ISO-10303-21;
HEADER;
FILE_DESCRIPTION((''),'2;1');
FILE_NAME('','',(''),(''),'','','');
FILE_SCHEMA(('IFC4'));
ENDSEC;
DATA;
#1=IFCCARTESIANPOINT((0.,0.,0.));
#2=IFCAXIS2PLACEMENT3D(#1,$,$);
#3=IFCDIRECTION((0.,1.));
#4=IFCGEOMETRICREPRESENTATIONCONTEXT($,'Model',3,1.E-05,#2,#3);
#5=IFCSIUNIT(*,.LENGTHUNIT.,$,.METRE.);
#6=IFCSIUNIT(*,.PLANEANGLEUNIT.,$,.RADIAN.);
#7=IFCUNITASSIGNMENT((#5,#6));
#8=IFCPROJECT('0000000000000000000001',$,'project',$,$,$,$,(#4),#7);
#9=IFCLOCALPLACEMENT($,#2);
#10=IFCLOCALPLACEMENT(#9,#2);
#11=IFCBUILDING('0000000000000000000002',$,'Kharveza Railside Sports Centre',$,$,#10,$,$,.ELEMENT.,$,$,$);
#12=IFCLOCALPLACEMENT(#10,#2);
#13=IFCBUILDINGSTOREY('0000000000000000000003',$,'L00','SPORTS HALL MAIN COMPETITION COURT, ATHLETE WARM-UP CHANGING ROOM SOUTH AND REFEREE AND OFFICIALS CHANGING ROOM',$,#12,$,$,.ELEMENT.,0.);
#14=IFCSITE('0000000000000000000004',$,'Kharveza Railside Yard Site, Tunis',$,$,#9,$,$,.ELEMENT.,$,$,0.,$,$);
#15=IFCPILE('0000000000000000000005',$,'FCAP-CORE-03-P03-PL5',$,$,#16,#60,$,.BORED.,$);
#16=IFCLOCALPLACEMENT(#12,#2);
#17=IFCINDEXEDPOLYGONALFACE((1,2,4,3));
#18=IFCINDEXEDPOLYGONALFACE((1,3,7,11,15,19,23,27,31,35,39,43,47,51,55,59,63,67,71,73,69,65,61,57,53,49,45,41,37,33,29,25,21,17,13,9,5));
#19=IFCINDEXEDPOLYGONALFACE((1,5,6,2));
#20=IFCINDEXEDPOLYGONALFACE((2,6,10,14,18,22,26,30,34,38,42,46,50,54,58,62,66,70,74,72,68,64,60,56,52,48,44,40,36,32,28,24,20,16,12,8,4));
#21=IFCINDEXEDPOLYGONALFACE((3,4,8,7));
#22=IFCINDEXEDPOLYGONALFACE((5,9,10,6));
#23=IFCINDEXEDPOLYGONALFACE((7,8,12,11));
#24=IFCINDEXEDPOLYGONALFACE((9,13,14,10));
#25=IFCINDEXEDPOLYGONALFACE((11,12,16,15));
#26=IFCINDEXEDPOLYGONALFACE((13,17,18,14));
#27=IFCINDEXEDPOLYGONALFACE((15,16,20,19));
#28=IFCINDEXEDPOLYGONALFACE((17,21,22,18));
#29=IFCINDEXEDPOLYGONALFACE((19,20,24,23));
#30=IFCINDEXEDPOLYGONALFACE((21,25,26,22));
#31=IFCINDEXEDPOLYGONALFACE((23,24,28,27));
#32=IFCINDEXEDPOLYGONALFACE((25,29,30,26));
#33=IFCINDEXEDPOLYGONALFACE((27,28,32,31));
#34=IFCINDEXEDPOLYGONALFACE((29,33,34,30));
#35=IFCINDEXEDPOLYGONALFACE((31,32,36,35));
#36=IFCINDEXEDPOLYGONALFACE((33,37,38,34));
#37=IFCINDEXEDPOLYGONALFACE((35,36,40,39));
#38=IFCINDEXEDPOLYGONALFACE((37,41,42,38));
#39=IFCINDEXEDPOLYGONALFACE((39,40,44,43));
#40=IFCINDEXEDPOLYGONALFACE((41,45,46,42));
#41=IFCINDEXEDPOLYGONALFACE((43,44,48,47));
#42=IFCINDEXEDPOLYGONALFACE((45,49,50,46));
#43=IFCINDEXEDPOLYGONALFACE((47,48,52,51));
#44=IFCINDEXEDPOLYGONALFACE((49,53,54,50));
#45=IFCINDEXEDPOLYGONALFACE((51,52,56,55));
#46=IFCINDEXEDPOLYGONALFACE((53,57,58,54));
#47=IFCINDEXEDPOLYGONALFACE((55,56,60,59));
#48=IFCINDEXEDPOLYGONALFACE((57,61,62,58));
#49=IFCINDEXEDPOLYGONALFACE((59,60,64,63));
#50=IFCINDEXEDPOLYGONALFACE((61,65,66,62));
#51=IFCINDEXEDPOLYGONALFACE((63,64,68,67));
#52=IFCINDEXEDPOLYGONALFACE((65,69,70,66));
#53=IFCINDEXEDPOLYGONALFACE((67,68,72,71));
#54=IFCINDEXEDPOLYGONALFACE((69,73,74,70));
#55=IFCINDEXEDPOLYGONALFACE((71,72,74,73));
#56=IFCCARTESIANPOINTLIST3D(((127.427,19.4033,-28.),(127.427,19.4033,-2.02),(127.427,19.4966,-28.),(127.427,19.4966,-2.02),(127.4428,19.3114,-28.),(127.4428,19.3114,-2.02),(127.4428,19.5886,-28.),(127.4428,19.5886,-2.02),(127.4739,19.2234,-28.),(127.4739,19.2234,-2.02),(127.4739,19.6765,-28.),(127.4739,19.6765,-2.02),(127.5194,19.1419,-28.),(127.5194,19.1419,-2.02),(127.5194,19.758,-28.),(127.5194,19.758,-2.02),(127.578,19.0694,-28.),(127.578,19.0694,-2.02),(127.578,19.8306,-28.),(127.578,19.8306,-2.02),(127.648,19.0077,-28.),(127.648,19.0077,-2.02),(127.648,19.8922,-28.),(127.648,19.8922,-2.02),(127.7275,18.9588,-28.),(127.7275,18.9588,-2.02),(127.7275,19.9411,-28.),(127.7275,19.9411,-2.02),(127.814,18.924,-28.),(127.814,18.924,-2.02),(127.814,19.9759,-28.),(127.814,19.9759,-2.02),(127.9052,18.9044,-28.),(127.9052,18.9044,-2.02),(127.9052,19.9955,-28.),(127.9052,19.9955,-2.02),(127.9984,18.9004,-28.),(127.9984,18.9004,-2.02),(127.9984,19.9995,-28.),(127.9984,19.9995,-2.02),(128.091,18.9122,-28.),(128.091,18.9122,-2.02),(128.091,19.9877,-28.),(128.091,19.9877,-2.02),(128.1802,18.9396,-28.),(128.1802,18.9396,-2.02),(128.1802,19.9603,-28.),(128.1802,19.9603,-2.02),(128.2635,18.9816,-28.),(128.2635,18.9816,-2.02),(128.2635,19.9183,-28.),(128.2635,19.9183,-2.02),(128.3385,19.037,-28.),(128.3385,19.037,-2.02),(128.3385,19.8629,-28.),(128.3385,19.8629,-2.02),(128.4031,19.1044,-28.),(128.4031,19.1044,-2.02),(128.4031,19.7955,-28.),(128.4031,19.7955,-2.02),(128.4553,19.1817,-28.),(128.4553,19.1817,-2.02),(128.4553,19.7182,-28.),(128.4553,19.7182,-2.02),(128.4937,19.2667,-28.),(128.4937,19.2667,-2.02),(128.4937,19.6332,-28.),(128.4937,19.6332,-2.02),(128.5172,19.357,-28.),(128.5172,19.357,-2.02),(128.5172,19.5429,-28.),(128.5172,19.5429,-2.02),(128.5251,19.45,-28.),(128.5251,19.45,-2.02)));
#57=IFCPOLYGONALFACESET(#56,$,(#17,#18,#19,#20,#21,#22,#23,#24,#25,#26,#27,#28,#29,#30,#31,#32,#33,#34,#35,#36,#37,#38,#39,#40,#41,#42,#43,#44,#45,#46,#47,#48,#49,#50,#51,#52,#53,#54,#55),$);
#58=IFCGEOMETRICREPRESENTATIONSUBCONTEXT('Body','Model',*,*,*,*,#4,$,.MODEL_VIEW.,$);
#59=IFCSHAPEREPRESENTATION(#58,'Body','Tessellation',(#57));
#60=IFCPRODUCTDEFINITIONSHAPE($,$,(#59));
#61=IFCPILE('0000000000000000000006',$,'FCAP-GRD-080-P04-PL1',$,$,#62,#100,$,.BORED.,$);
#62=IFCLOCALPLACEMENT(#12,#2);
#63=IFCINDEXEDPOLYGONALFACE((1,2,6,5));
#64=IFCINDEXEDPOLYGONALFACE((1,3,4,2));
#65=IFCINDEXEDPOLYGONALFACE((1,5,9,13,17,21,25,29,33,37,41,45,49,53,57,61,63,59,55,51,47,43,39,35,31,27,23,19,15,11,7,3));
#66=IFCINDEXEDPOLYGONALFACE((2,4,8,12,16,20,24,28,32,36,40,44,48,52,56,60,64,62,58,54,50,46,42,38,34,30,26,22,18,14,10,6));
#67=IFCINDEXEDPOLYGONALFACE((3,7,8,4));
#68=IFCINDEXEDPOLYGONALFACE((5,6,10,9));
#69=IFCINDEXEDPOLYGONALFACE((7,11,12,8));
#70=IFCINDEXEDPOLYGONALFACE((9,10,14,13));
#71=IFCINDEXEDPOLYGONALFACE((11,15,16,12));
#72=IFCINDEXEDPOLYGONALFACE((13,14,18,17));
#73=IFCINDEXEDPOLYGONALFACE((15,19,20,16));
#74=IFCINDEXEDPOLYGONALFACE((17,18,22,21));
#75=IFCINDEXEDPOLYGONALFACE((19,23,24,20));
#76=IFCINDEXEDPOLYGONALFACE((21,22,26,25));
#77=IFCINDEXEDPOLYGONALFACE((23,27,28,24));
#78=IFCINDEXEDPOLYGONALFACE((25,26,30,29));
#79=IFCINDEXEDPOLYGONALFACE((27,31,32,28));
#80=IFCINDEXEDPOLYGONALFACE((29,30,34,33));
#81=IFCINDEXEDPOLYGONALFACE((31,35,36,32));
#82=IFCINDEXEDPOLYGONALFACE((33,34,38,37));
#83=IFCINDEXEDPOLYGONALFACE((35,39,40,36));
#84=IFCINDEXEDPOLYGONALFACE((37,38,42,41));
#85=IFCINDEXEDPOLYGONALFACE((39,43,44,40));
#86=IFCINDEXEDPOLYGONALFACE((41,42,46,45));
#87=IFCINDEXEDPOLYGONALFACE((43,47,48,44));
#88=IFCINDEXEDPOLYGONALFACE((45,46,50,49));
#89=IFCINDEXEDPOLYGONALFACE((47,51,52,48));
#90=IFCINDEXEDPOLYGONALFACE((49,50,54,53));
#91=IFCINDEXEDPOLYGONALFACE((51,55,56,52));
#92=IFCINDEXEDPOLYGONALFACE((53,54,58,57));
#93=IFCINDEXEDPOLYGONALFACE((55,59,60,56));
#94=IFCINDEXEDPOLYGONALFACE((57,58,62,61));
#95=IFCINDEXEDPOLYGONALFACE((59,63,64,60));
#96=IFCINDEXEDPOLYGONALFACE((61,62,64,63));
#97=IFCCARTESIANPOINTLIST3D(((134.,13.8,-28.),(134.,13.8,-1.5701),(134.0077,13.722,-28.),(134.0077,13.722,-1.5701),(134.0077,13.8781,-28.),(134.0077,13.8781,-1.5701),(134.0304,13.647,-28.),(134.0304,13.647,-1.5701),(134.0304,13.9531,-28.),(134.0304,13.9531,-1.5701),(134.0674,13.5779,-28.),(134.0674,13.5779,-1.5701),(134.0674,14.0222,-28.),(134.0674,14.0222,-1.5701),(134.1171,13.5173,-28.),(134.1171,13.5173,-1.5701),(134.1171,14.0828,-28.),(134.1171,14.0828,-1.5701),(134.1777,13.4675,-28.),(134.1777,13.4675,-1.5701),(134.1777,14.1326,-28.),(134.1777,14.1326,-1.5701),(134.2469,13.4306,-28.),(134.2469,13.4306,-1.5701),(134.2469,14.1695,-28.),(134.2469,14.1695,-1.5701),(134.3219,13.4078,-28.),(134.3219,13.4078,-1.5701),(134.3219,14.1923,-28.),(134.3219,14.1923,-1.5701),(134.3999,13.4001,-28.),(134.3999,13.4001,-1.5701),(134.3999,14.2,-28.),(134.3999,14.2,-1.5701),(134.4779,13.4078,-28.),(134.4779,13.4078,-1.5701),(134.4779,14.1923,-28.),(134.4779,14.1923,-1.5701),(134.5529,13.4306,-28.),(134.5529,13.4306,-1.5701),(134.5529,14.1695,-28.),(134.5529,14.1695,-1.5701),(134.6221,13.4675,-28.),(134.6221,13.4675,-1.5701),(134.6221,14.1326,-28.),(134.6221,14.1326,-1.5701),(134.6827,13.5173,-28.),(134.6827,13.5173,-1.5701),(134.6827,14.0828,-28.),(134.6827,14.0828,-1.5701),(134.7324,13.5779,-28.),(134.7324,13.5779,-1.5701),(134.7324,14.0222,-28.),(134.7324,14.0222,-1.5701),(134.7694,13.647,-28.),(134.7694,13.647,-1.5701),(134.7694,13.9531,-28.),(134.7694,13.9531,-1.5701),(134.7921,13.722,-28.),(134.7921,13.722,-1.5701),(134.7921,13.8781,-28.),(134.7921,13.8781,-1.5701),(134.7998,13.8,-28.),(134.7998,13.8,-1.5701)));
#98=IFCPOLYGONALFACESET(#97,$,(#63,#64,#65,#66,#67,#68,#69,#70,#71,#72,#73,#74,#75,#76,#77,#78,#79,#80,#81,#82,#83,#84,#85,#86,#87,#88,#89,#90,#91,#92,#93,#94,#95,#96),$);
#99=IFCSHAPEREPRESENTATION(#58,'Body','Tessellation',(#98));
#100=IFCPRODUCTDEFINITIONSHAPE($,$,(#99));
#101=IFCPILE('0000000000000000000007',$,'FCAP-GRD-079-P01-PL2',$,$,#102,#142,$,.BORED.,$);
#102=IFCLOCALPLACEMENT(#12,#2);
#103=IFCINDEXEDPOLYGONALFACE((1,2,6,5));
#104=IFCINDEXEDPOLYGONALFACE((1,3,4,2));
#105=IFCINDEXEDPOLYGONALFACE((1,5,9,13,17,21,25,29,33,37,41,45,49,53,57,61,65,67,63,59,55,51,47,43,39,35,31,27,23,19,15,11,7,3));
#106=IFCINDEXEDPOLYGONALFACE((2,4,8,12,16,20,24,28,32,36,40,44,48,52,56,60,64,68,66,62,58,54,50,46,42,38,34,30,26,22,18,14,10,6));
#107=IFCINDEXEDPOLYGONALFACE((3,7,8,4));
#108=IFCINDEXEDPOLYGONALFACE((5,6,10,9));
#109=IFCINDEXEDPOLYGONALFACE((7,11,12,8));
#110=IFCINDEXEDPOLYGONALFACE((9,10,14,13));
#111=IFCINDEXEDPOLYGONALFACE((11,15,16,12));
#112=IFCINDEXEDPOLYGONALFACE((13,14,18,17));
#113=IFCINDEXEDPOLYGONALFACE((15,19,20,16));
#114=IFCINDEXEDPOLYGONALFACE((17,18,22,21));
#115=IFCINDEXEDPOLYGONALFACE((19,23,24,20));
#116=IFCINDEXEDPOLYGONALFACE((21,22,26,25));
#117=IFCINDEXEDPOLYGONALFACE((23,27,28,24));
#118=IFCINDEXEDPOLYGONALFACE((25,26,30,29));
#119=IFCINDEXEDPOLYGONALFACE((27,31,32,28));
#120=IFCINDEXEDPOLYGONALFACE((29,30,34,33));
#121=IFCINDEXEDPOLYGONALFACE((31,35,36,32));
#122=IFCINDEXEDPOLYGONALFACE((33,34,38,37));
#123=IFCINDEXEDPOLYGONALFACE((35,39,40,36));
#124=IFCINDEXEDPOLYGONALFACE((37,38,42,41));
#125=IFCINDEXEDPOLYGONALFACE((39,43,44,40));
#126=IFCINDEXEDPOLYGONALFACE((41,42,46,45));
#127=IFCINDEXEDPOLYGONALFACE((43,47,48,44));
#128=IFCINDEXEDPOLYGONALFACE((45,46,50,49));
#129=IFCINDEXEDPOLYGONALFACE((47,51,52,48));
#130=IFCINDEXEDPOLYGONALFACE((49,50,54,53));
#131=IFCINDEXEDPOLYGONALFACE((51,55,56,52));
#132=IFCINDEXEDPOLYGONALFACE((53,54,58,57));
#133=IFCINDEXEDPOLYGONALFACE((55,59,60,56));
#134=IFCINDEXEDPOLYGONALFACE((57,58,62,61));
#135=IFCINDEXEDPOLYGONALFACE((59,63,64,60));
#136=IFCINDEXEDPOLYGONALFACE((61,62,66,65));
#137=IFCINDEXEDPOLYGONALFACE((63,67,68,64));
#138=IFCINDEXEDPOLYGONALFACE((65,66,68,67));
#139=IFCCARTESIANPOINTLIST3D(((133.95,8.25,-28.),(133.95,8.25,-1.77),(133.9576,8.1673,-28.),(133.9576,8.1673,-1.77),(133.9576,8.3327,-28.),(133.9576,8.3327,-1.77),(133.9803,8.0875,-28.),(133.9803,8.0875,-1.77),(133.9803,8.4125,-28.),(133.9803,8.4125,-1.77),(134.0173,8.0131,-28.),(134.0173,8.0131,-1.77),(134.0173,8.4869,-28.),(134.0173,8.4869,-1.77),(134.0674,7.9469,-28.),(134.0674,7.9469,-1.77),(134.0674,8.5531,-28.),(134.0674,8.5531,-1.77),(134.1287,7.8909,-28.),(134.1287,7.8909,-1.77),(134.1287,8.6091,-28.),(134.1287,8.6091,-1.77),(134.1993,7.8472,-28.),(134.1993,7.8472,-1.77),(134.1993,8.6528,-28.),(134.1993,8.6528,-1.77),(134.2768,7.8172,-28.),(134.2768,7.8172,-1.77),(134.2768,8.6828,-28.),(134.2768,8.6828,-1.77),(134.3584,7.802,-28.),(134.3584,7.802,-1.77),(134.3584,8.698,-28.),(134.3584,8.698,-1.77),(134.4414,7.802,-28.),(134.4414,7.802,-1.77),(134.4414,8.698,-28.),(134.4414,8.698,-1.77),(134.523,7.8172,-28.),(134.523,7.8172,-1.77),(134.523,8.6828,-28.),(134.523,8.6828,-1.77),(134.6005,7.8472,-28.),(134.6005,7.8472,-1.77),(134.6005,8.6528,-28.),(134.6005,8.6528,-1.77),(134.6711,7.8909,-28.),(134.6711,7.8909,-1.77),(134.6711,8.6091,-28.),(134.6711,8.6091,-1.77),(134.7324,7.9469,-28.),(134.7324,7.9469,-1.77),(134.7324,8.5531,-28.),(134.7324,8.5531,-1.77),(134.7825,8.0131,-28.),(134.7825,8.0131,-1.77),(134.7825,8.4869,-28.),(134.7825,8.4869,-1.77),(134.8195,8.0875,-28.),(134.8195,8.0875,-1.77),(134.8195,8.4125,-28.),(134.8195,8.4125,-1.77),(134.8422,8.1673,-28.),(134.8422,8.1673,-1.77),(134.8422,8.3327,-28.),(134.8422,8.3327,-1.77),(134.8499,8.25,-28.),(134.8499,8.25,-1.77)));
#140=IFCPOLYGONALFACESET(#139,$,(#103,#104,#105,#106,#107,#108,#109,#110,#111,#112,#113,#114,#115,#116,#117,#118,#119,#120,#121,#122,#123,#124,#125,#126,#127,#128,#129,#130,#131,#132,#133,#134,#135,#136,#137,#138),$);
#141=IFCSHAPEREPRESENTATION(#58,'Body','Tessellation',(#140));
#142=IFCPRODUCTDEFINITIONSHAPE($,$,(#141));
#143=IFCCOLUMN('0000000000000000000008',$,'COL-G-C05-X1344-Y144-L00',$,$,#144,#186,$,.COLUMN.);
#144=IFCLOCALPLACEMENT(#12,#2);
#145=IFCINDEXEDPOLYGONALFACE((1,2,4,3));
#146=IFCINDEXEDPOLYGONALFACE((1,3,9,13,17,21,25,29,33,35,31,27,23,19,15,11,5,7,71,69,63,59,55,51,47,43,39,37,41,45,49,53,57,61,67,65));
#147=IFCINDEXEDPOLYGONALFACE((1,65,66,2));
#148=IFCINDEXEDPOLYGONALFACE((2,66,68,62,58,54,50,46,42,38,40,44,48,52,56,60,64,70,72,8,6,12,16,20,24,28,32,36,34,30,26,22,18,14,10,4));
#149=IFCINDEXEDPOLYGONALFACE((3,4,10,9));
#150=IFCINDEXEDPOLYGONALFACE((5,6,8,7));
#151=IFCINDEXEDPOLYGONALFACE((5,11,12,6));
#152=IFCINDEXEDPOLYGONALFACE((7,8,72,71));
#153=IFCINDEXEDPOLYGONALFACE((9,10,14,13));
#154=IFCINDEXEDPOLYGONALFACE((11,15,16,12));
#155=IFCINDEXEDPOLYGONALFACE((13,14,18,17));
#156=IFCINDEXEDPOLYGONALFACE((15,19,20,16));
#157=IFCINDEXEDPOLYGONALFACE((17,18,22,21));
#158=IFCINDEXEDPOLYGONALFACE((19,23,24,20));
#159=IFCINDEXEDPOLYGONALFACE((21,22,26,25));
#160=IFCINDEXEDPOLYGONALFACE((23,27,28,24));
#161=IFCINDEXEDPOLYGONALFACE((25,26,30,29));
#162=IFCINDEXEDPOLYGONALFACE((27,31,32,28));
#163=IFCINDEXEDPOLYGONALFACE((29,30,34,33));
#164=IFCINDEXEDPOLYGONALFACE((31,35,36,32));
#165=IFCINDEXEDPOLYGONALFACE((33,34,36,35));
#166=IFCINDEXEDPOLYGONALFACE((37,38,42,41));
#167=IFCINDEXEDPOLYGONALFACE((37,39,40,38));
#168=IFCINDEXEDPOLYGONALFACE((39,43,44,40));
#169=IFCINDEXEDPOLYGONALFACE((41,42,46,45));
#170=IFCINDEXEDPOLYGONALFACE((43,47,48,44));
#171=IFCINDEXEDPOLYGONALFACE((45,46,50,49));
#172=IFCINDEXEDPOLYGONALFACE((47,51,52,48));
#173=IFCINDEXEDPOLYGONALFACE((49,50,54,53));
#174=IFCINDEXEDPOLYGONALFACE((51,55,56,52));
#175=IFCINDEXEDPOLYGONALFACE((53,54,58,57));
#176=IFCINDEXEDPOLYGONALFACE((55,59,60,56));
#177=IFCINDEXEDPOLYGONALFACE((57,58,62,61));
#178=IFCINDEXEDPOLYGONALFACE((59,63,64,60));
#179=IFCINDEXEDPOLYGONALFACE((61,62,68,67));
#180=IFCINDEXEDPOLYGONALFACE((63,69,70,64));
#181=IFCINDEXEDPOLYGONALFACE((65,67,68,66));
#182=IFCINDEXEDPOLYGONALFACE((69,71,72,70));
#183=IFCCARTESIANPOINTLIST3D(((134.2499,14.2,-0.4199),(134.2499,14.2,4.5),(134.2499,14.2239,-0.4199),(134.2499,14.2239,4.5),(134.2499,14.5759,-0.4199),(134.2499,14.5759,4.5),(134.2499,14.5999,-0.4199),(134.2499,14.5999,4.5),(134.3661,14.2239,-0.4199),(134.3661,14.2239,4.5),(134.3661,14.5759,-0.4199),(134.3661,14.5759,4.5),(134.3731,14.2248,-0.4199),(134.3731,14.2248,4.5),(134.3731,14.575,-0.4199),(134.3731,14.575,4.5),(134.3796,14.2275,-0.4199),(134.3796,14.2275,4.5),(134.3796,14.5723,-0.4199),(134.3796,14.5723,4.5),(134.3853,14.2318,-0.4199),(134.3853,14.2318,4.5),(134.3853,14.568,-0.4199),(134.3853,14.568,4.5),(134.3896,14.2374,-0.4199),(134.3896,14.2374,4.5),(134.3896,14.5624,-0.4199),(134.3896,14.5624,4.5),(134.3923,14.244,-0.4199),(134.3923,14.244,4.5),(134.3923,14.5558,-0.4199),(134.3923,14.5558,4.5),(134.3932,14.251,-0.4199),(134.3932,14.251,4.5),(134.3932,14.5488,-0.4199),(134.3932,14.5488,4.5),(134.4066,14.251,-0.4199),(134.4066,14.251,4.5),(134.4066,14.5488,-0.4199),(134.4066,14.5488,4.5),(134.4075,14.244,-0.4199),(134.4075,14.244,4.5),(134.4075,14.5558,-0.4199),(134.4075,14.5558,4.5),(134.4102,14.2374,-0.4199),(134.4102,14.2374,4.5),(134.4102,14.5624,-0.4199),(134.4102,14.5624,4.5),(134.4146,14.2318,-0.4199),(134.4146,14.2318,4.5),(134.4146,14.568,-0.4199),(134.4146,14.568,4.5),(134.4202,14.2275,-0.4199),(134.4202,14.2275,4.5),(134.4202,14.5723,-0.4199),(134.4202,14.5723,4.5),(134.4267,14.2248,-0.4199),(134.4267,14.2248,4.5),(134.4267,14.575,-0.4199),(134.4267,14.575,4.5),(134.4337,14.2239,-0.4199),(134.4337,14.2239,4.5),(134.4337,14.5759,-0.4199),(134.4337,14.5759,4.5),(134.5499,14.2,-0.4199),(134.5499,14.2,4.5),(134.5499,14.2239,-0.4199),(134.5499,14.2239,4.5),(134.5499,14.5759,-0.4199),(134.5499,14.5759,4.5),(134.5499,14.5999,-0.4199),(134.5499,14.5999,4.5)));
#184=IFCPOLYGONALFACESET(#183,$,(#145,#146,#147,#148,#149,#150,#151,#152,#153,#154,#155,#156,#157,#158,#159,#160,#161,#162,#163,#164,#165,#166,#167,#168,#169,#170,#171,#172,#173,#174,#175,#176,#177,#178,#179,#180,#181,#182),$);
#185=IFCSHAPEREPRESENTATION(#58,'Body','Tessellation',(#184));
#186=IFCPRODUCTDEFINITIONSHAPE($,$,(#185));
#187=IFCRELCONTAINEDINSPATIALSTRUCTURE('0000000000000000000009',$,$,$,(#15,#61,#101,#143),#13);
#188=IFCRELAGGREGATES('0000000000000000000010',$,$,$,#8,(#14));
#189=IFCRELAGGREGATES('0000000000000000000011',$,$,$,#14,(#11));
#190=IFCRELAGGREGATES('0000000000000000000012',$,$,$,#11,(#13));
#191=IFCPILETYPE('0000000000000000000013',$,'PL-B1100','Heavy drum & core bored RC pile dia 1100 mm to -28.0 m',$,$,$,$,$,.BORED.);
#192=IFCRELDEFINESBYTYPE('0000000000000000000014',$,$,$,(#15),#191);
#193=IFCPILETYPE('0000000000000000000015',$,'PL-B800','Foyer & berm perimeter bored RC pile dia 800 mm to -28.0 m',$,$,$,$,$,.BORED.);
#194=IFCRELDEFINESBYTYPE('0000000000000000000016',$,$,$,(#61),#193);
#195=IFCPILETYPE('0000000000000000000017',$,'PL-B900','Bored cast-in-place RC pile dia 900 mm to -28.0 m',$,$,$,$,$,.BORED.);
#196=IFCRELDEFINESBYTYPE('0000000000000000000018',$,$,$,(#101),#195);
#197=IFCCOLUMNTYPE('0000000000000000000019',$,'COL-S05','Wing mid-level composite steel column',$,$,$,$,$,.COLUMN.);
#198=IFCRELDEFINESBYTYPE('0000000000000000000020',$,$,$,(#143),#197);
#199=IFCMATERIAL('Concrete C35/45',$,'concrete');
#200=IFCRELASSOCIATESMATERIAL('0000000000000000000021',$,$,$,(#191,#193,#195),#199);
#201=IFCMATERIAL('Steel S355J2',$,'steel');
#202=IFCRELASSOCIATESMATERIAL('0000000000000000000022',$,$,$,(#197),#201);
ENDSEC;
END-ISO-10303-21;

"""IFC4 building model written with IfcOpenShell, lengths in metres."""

from ifc_helpers import new_model, si_unit, direction, frame, origin, origin_2d, place, context, subcontext, project, spatial, circle, i_section, extrude, material, material_profile, profile_set, type_object, element, save


model = new_model("IFC4")

# Units and contexts
model_context = context("Model", 3, precision=1e-05, world=origin(), true_north=direction((0.0, 1.0)))
body_context = subcontext(model_context, "Body", "Model", "MODEL_VIEW")
ifc_project = project(units=[si_unit("LENGTHUNIT", "METRE"), si_unit("PLANEANGLEUNIT", "RADIAN")], contexts=[model_context])

# Site, building, storey
site_placement = place(None, origin())
site = spatial("IfcSite", under=ifc_project, at=site_placement, Name="Kharveza Railside Yard Site, Tunis", CompositionType="ELEMENT", RefElevation=0.0)
building_placement = place(site_placement, origin())
building = spatial("IfcBuilding", under=site, at=building_placement, Name="Kharveza Railside Sports Centre", CompositionType="ELEMENT")
storey_placement = place(building_placement, origin())
storey = spatial("IfcBuildingStorey", under=building, at=storey_placement, Name="L00", Description="SPORTS HALL MAIN COMPETITION COURT, ATHLETE WARM-UP CHANGING ROOM SOUTH AND REFEREE AND OFFICIALS CHANGING ROOM", CompositionType="ELEMENT", Elevation=0.0)

# Shared definitions
ifc_material_1 = material(Name="Concrete C35/45", Category="concrete")

# Piles
ifc_material_profile_1 = material_profile(ifc_material_1, circle(Radius=0.55, at=origin_2d()), Name="PILE D1100")
ifc_profile_set_1 = profile_set([ifc_material_profile_1], Name="Concrete C35/45")
pile_type_1 = type_object("IfcPileType", Name="PL-B1100", Description="Heavy drum & core bored RC pile dia 1100 mm to -28.0 m", PredefinedType="BORED", material=ifc_profile_set_1)
for number, where, z_axis, x_axis, name in (
    (1, (127.9751, 19.45, -2.02), (0.0, 0.0, -1.0), (1.0, 0.0, 0.0), "FCAP-CORE-03-P03-PL5"),
):
    element("IfcPile", number, at=place(storey_placement, frame(where, z_axis=z_axis, x_axis=x_axis)), inside=storey, type_object=pile_type_1, Name=name, PredefinedType="BORED", context=body_context, shape_type="SweptSolid", body=[
        extrude(circle(Radius=0.55, at=origin_2d()), origin(), (0.0, 0.0, 1.0), 25.98),
    ])
ifc_material_profile_2 = material_profile(ifc_material_1, circle(Radius=0.3999, at=origin_2d()), Name="PILE D800")
ifc_profile_set_2 = profile_set([ifc_material_profile_2], Name="Concrete C35/45")
pile_type_2 = type_object("IfcPileType", Name="PL-B800", Description="Foyer & berm perimeter bored RC pile dia 800 mm to -28.0 m", PredefinedType="BORED", material=ifc_profile_set_2)
pile_1_placement = place(storey_placement, frame((134.3999, 13.8, -1.5701), z_axis=(0.0, 0.0, -1.0), x_axis=(1.0, 0.0, 0.0)))
element("IfcPile", 2, at=pile_1_placement, inside=storey, type_object=pile_type_2, Name="FCAP-GRD-080-P04-PL1", PredefinedType="BORED", context=body_context, shape_type="SweptSolid", body=[
    extrude(circle(Radius=0.3999, at=origin_2d()), origin(), (0.0, 0.0, 1.0), 26.4299),
])
ifc_material_profile_3 = material_profile(ifc_material_1, circle(Radius=0.45, at=origin_2d()), Name="PILE D900")
ifc_profile_set_3 = profile_set([ifc_material_profile_3], Name="Concrete C35/45")
pile_type_3 = type_object("IfcPileType", Name="PL-B900", Description="Bored cast-in-place RC pile dia 900 mm to -28.0 m", PredefinedType="BORED", material=ifc_profile_set_3)
pile_2_placement = place(storey_placement, frame((134.3999, 8.25, -1.77), z_axis=(0.0, 0.0, -1.0), x_axis=(1.0, 0.0, 0.0)))
element("IfcPile", 3, at=pile_2_placement, inside=storey, type_object=pile_type_3, Name="FCAP-GRD-079-P01-PL2", PredefinedType="BORED", context=body_context, shape_type="SweptSolid", body=[
    extrude(circle(Radius=0.45, at=origin_2d()), origin(), (0.0, 0.0, 1.0), 26.23),
])

# Column
ifc_material_2 = material(Name="Steel S355J2", Category="steel")
ifc_material_profile_4 = material_profile(ifc_material_2, i_section(OverallWidth=0.3, OverallDepth=0.3999, WebThickness=0.0134, FlangeThickness=0.0239, FilletRadius=0.0271, at=origin_2d()), Name="HEB 400")
ifc_profile_set_4 = profile_set([ifc_material_profile_4], Name="Steel S355J2")
column_type = type_object("IfcColumnType", Name="COL-S05", Description="Wing mid-level composite steel column", PredefinedType="COLUMN", material=ifc_profile_set_4)
column_placement = place(storey_placement, frame((134.3999, 14.3999, -0.4199), z_axis=(0.0, 0.0, 1.0), x_axis=(1.0, 0.0, 0.0)))
element("IfcColumn", 4, at=column_placement, inside=storey, type_object=column_type, Name="COL-G-C05-X1344-Y144-L00", PredefinedType="COLUMN", context=body_context, shape_type="SweptSolid", body=[
    extrude(i_section(OverallWidth=0.3, OverallDepth=0.3999, WebThickness=0.0134, FlangeThickness=0.0239, FilletRadius=0.0271, at=origin_2d()), origin(), (0.0, 0.0, 1.0), 4.9199),
])

save(model, "model.ifc")
